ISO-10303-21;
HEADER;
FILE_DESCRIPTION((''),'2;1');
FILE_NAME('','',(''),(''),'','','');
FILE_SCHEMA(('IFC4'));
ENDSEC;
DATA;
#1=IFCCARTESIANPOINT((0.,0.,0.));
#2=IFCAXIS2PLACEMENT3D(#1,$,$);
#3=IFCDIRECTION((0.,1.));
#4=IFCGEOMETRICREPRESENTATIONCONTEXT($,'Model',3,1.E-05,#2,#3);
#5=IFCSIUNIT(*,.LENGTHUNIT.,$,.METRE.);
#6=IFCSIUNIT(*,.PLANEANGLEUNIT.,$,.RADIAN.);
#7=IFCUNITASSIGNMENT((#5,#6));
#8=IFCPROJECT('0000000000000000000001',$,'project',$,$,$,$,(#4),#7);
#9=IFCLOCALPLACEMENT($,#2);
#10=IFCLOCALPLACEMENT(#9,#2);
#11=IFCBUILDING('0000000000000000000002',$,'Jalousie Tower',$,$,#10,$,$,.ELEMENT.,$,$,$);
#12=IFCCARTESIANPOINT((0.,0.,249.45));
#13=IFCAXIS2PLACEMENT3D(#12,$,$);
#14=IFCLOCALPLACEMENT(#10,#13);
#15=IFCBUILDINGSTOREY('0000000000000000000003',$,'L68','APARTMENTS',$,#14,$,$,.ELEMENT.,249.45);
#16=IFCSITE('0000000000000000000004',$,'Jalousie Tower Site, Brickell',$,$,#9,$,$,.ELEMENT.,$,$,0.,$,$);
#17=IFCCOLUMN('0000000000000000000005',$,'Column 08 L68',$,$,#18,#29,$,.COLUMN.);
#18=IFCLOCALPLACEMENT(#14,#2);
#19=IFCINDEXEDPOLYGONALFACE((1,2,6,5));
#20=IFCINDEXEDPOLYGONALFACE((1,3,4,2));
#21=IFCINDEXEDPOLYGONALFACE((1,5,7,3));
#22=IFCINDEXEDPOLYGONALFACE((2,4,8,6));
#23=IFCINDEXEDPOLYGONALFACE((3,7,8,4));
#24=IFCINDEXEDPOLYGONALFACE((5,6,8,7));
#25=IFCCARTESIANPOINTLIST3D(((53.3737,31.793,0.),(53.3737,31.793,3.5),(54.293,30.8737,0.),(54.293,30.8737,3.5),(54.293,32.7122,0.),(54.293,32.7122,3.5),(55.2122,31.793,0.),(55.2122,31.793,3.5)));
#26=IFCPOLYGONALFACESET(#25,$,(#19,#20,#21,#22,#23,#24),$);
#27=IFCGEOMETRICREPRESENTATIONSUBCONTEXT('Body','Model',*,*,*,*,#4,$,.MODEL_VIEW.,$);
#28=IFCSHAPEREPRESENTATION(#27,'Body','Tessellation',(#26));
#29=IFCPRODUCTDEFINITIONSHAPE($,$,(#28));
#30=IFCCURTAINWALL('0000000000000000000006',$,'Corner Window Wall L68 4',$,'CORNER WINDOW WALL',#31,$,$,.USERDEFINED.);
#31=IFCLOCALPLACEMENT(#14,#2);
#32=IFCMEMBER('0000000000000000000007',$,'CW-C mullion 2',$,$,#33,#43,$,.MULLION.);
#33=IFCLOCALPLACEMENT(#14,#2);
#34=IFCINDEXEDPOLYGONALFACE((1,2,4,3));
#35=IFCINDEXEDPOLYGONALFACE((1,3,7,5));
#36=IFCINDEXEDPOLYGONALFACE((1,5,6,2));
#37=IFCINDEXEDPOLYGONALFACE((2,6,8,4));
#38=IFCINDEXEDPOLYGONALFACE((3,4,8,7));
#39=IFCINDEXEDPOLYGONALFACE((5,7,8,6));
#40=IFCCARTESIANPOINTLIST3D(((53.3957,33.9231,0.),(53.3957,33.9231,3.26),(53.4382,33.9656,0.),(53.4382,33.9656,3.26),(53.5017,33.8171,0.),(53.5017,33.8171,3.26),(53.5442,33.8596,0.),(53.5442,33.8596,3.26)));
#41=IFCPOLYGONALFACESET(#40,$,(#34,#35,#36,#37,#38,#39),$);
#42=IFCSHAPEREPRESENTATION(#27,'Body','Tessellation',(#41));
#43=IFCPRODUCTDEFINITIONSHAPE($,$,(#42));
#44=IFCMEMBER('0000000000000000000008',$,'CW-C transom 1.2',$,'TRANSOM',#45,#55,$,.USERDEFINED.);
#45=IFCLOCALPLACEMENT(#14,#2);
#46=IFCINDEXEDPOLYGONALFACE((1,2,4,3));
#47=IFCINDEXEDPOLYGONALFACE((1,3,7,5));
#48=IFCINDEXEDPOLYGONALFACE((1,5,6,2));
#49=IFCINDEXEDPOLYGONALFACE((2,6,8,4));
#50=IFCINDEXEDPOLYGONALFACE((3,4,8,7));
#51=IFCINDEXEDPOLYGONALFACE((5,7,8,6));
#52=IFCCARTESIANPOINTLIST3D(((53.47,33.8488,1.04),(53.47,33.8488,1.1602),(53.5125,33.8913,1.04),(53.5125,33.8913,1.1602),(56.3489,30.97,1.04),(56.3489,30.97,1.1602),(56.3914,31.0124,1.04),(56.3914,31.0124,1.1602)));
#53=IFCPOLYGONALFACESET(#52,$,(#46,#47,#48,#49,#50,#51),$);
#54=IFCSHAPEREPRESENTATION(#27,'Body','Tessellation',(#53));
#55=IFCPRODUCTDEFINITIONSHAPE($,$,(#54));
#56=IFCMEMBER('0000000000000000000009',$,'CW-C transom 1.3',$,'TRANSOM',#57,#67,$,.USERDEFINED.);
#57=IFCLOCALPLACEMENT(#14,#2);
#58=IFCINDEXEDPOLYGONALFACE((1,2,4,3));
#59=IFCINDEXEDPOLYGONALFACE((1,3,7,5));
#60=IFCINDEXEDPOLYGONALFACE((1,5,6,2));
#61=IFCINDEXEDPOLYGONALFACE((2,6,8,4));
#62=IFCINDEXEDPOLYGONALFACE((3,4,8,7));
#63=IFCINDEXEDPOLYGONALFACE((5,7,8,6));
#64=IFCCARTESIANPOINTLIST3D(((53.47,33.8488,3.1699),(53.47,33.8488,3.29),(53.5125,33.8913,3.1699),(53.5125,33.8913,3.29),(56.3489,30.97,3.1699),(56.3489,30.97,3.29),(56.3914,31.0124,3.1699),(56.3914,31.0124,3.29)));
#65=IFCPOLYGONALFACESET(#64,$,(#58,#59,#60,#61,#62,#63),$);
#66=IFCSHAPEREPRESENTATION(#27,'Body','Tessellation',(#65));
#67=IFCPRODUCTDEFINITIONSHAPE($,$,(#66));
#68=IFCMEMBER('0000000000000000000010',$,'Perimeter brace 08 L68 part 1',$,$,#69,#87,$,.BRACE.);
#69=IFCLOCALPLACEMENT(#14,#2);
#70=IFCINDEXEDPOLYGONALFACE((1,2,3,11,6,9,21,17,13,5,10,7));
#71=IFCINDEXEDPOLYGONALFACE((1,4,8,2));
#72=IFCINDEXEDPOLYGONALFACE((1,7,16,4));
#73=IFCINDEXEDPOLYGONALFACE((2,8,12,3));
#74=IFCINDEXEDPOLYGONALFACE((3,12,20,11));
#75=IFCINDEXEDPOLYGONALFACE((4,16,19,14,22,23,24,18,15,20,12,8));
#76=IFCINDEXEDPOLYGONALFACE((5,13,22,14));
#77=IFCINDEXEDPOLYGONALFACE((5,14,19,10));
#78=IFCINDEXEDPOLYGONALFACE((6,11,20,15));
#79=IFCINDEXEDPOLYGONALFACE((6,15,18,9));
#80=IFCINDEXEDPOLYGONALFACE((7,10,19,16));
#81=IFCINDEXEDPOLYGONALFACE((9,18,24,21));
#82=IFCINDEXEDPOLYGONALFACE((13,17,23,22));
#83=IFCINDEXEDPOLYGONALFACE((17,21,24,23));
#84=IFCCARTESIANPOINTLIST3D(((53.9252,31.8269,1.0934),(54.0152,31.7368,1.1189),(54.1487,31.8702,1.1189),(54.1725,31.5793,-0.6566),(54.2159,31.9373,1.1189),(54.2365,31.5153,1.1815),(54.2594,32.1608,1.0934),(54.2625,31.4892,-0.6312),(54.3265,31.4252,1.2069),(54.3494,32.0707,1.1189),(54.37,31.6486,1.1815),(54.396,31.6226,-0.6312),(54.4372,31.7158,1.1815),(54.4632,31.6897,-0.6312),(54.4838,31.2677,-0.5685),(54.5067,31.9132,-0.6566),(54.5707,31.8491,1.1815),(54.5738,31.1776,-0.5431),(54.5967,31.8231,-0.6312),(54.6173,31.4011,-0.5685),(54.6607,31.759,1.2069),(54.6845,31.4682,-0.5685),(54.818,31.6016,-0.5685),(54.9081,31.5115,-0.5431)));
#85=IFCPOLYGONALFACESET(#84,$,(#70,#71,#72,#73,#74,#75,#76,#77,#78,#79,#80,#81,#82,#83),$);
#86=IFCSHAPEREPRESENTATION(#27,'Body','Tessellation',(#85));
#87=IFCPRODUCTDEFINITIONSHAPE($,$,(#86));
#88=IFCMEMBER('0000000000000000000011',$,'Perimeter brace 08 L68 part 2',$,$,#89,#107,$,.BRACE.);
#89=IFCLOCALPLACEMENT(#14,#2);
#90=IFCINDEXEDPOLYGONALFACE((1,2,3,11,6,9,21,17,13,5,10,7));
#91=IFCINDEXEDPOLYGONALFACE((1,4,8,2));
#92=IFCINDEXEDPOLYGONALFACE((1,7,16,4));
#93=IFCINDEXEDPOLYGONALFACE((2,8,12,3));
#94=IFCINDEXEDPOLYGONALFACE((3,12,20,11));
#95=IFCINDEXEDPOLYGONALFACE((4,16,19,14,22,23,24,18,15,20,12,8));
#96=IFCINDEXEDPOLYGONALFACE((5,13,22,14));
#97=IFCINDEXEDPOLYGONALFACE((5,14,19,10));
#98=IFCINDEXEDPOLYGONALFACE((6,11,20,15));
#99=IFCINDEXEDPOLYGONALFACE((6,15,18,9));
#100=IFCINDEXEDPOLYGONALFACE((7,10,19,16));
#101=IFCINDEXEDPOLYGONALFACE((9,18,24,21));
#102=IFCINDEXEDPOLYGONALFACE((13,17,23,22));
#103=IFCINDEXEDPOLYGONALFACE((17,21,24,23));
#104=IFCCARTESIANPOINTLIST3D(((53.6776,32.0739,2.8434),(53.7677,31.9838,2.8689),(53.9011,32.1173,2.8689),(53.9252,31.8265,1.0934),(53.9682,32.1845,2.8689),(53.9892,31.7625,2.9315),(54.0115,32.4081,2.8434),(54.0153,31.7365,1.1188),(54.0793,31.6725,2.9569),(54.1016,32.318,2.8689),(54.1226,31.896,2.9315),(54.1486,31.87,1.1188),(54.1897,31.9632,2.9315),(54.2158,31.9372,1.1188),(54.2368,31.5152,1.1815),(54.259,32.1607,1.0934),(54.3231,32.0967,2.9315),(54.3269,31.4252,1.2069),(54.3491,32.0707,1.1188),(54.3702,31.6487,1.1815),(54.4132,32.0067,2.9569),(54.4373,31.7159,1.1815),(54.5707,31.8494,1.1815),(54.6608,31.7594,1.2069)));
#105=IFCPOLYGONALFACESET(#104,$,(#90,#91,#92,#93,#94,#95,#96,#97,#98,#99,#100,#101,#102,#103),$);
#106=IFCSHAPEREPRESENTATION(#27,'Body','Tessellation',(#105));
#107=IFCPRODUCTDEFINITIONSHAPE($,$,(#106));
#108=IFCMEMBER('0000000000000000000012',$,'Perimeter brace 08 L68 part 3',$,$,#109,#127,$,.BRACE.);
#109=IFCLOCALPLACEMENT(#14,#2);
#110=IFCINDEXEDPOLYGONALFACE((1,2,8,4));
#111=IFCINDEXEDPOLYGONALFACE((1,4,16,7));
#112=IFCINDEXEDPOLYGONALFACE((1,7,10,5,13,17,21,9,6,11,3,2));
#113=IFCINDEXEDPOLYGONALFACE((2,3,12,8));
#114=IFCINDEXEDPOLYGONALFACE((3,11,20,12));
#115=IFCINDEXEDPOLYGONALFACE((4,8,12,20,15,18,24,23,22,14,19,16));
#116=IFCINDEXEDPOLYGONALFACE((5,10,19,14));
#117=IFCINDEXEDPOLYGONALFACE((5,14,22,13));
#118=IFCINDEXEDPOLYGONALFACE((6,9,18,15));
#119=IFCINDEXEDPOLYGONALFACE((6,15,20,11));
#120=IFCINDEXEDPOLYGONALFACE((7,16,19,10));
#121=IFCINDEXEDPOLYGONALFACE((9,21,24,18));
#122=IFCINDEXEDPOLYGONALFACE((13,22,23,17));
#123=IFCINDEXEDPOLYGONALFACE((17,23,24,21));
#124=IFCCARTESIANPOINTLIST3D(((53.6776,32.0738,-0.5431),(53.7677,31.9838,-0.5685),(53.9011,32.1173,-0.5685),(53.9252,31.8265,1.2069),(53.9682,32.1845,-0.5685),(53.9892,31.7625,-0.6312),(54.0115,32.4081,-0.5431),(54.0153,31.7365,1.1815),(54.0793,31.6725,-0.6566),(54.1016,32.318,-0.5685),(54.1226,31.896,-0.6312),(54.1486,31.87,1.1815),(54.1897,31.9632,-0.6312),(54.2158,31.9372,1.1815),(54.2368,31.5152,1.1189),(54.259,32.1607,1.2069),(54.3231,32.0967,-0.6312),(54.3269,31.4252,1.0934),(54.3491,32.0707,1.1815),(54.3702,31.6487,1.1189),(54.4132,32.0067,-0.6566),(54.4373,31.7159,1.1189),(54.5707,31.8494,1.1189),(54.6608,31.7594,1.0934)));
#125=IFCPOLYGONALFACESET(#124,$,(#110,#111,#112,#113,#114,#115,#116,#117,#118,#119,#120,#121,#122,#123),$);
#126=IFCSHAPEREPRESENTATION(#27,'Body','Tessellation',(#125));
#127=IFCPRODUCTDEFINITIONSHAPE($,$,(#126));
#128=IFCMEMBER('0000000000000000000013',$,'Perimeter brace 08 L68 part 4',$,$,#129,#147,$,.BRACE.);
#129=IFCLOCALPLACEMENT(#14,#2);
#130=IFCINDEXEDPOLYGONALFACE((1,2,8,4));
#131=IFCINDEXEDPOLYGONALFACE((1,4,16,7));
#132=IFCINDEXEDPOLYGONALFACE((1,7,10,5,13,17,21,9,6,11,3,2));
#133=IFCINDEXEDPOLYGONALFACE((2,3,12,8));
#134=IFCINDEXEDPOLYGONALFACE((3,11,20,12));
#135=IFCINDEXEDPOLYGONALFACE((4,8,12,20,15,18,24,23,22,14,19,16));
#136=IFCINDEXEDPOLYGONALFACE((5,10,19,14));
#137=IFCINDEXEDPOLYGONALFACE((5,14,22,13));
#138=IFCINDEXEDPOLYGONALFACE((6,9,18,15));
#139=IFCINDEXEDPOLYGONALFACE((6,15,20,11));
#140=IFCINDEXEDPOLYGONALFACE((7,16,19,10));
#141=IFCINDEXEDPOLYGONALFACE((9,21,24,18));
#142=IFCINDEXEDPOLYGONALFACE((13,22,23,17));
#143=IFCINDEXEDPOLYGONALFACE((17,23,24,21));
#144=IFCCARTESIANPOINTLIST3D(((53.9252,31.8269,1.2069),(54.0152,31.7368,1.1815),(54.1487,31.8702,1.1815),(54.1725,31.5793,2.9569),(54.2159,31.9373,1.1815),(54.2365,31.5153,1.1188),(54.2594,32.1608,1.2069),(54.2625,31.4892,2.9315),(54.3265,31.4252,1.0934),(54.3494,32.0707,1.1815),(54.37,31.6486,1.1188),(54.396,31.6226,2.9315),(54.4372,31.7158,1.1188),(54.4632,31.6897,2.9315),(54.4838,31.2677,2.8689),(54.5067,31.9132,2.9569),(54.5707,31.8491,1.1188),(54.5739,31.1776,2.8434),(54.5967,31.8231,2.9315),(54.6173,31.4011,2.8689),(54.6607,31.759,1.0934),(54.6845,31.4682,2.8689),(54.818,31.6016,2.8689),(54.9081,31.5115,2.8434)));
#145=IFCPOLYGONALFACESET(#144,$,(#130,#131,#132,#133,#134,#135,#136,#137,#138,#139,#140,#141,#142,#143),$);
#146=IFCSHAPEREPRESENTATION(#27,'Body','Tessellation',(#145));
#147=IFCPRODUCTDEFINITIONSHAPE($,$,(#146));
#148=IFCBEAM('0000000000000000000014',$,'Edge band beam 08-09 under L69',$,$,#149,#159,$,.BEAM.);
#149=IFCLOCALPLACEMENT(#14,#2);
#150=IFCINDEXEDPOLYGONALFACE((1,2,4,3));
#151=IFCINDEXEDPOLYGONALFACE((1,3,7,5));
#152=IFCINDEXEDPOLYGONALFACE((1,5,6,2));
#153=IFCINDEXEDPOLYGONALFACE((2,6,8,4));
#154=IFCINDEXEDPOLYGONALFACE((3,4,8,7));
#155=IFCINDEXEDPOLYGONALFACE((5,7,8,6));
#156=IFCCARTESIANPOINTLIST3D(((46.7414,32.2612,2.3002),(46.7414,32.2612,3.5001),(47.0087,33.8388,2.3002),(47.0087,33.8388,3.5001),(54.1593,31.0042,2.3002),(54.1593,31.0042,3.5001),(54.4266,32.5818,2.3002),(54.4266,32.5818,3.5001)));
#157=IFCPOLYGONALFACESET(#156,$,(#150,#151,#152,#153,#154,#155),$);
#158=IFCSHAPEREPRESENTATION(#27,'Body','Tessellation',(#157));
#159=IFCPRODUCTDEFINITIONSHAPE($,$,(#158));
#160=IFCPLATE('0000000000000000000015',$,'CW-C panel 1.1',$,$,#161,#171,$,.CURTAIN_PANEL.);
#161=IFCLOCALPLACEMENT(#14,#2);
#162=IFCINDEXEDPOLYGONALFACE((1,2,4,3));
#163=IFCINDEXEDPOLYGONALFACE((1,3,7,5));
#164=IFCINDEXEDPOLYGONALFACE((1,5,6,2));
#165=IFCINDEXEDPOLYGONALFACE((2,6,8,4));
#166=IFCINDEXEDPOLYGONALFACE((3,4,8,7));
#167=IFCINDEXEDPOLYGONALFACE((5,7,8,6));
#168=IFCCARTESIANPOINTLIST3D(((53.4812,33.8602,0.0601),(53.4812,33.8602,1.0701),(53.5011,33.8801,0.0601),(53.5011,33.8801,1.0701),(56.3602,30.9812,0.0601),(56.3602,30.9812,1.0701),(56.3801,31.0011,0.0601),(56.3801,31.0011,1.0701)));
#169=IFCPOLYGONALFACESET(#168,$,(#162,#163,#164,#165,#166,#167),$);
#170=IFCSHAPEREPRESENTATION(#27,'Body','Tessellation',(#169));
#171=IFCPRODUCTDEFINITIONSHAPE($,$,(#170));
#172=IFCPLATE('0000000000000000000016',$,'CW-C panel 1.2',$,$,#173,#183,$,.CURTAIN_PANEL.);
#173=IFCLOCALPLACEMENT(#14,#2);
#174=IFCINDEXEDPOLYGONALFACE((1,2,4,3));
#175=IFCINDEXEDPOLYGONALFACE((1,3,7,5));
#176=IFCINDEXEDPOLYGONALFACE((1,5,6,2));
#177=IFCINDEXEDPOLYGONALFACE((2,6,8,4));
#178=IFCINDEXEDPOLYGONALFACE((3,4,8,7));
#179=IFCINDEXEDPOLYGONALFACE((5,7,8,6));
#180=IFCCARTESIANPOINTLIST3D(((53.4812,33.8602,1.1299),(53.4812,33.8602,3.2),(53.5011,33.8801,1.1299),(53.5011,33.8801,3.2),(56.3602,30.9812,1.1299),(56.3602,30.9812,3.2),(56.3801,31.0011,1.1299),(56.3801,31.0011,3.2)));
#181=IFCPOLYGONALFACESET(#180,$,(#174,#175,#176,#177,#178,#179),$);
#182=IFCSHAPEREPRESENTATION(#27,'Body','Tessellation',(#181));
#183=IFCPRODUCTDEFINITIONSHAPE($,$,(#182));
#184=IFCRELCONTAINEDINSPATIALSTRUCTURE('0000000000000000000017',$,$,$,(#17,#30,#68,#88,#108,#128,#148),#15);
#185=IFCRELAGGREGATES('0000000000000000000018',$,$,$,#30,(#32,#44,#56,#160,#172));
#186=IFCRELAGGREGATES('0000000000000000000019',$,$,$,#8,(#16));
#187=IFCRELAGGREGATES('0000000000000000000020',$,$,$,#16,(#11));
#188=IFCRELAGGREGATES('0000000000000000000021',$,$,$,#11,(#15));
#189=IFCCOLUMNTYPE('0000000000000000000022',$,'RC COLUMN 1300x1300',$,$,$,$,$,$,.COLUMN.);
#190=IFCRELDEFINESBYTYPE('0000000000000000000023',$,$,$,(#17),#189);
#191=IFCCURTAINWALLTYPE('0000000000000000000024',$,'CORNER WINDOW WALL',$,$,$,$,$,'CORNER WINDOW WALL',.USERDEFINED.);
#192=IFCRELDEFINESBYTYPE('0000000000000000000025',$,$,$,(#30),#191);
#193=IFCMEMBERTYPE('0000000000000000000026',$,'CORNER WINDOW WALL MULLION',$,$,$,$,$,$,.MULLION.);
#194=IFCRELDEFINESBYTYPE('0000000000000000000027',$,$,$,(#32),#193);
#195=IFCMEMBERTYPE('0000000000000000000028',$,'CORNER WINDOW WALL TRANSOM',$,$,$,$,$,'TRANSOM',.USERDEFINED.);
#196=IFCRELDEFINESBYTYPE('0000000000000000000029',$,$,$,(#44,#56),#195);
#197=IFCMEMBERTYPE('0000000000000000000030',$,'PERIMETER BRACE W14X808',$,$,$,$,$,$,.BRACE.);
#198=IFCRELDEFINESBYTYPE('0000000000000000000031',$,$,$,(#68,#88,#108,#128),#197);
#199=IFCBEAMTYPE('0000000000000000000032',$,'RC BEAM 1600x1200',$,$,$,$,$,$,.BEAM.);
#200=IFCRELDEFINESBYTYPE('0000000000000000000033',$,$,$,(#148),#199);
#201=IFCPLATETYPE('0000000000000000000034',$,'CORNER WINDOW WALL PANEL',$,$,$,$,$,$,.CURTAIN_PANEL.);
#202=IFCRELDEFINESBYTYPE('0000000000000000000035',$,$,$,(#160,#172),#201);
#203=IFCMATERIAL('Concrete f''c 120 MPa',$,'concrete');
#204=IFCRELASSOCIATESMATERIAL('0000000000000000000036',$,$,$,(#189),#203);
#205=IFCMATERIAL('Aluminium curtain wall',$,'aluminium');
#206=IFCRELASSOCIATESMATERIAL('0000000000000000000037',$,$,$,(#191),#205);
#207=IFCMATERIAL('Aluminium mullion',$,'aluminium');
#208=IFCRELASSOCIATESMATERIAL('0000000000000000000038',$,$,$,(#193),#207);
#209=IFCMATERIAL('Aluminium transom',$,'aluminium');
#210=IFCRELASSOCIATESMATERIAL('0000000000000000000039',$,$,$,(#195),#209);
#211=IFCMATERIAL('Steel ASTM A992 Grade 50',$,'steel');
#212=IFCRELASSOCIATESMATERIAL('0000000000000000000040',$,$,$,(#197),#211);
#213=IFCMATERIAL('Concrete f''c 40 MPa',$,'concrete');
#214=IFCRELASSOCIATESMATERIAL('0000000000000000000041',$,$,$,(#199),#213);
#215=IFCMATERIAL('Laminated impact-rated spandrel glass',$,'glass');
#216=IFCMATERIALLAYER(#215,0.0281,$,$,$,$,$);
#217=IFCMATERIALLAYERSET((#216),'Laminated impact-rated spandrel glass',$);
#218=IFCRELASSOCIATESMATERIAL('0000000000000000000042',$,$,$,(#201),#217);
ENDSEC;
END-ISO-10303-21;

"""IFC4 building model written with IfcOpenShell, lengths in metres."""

from ifc_helpers import new_model, si_unit, direction, frame, origin, origin_2d, place, context, subcontext, project, spatial, rectangle, i_section, extrude, material, layer, layer_set, material_profile, profile_set, type_object, element, aggregate, save


model = new_model("IFC4")

# Units and contexts
model_context = context("Model", 3, precision=1e-05, world=origin(), true_north=direction((0.0, 1.0)))
body_context = subcontext(model_context, "Body", "Model", "MODEL_VIEW")
ifc_project = project(units=[si_unit("LENGTHUNIT", "METRE"), si_unit("PLANEANGLEUNIT", "RADIAN")], contexts=[model_context])

# Site, building, storey
site_placement = place(None, origin())
site = spatial("IfcSite", under=ifc_project, at=site_placement, Name="Jalousie Tower Site, Brickell", CompositionType="ELEMENT", RefElevation=0.0)
building_placement = place(site_placement, origin())
building = spatial("IfcBuilding", under=site, at=building_placement, Name="Jalousie Tower", CompositionType="ELEMENT")
storey_placement = place(building_placement, frame((0.0, 0.0, 249.45)))
storey = spatial("IfcBuildingStorey", under=building, at=storey_placement, Name="L68", Description="APARTMENTS", CompositionType="ELEMENT", Elevation=249.45)

# Column
ifc_material_1 = material(Name="Concrete f'c 120 MPa", Category="concrete")
ifc_material_profile_1 = material_profile(ifc_material_1, rectangle(XDim=1.3, YDim=1.3, at=origin_2d()), Name="RC 1300x1300")
ifc_profile_set_1 = profile_set([ifc_material_profile_1], Name="Concrete f'c 120 MPa")
column_type = type_object("IfcColumnType", Name="RC COLUMN 1300x1300", PredefinedType="COLUMN", material=ifc_profile_set_1)
column_placement = place(storey_placement, frame((54.293, 31.793, 0.0), z_axis=(0.0, 0.0, 1.0), x_axis=(0.707107, 0.707107, 0.0)))
element("IfcColumn", 1, at=column_placement, inside=storey, type_object=column_type, Name="Column 08 L68", PredefinedType="COLUMN", context=body_context, shape_type="SweptSolid", body=[
    extrude(rectangle(XDim=1.3, YDim=1.3, at=origin_2d()), origin(), (0.0, 0.0, 1.0), 3.5),
])

# Curtain wall, members
ifc_material_2 = material(Name="Aluminium curtain wall", Category="aluminium")
curtain_wall_type = type_object("IfcCurtainWallType", Name="CORNER WINDOW WALL", ElementType="CORNER WINDOW WALL", PredefinedType="USERDEFINED", material=ifc_material_2)
curtain_wall_placement = place(storey_placement, origin())
curtain_wall = element("IfcCurtainWall", 2, at=curtain_wall_placement, inside=storey, type_object=curtain_wall_type, Name="Corner Window Wall L68 4", ObjectType="CORNER WINDOW WALL", PredefinedType="USERDEFINED")
ifc_material_3 = material(Name="Aluminium mullion", Category="aluminium")
ifc_material_profile_2 = material_profile(ifc_material_3, rectangle(XDim=0.0601, YDim=0.1499, at=origin_2d()), Name="MULLION 60x150")
ifc_profile_set_2 = profile_set([ifc_material_profile_2], Name="Aluminium mullion")
member_type_1 = type_object("IfcMemberType", Name="CORNER WINDOW WALL MULLION", PredefinedType="MULLION", material=ifc_profile_set_2)
member_1_placement = place(storey_placement, frame((53.47, 33.8914, 0.0), z_axis=(0.0, 0.0, 1.0), x_axis=(-0.707107, -0.707107, 0.0)))
member_1 = element("IfcMember", 3, at=member_1_placement, type_object=member_type_1, Name="CW-C mullion 2", PredefinedType="MULLION", context=body_context, shape_type="SweptSolid", body=[
    extrude(rectangle(XDim=0.0601, YDim=0.1499, at=origin_2d()), origin(), (0.0, 0.0, 1.0), 3.26),
])
ifc_material_4 = material(Name="Aluminium transom", Category="aluminium")
ifc_material_profile_3 = material_profile(ifc_material_4, rectangle(XDim=0.0601, YDim=0.1201, at=origin_2d()), Name="TRANSOM 60x120")
ifc_profile_set_3 = profile_set([ifc_material_profile_3], Name="Aluminium transom")
member_type_2 = type_object("IfcMemberType", Name="CORNER WINDOW WALL TRANSOM", ElementType="TRANSOM", PredefinedType="USERDEFINED", material=ifc_profile_set_3)
member_2_placement = place(storey_placement, frame((56.3701, 30.9912, 1.1001), z_axis=(-0.707107, 0.707107, 0.0), x_axis=(-0.707107, -0.707107, 0.0)))
member_2 = element("IfcMember", 4, at=member_2_placement, type_object=member_type_2, Name="CW-C transom 1.2", ObjectType="TRANSOM", PredefinedType="USERDEFINED", context=body_context, shape_type="SweptSolid", body=[
    extrude(rectangle(XDim=0.0601, YDim=0.1201, at=origin_2d()), origin(), (0.0, 0.0, 1.0), 4.0713),
])
member_3_placement = place(storey_placement, frame((56.3701, 30.9912, 3.23), z_axis=(-0.707107, 0.707107, 0.0), x_axis=(-0.707107, -0.707107, 0.0)))
member_3 = element("IfcMember", 5, at=member_3_placement, type_object=member_type_2, Name="CW-C transom 1.3", ObjectType="TRANSOM", PredefinedType="USERDEFINED", context=body_context, shape_type="SweptSolid", body=[
    extrude(rectangle(XDim=0.0601, YDim=0.1201, at=origin_2d()), origin(), (0.0, 0.0, 1.0), 4.0713),
])

# Members
ifc_material_5 = material(Name="Steel ASTM A992 Grade 50", Category="steel")
ifc_material_profile_4 = material_profile(ifc_material_5, i_section(OverallWidth=0.4724, OverallDepth=0.5791, WebThickness=0.095, FlangeThickness=0.1299, at=origin_2d()), Name="W14X808")
ifc_profile_set_4 = profile_set([ifc_material_profile_4], Name="Steel ASTM A992 Grade 50")
member_type_3 = type_object("IfcMemberType", Name="PERIMETER BRACE W14X808", PredefinedType="BRACE", material=ifc_profile_set_4)
for number, where, z_axis, x_axis, name in (
    (6, (54.5403, 31.5454, -0.5999), (-0.138579, 0.138716, 0.980588), (-0.707456, -0.706758, 0.0), "Perimeter brace 08 L68 part 1"),
    (7, (54.293, 31.793, 1.1501), (-0.138716, 0.138579, 0.980588), (-0.706758, -0.707456, 0.0), "Perimeter brace 08 L68 part 2"),
    (8, (54.0454, 32.0403, -0.5999), (0.138716, -0.138579, 0.980588), (0.706758, 0.707456, 0.0), "Perimeter brace 08 L68 part 3"),
    (9, (54.293, 31.793, 1.1501), (0.138579, -0.138716, 0.980588), (0.707456, 0.706758, 0.0), "Perimeter brace 08 L68 part 4"),
):
    element("IfcMember", number, at=place(storey_placement, frame(where, z_axis=z_axis, x_axis=x_axis)), inside=storey, type_object=member_type_3, Name=name, PredefinedType="BRACE", context=body_context, shape_type="SweptSolid", body=[
        extrude(i_section(OverallWidth=0.4724, OverallDepth=0.5791, WebThickness=0.095, FlangeThickness=0.1299, at=origin_2d()), origin(), (0.0, 0.0, 1.0), 1.7847),
    ])

# Beam
ifc_material_6 = material(Name="Concrete f'c 40 MPa", Category="concrete")
ifc_material_profile_5 = material_profile(ifc_material_6, rectangle(XDim=1.6001, YDim=1.2, at=origin_2d()), Name="RC 1600x1200")
ifc_profile_set_5 = profile_set([ifc_material_profile_5], Name="Concrete f'c 40 MPa")
beam_type = type_object("IfcBeamType", Name="RC BEAM 1600x1200", PredefinedType="BEAM", material=ifc_profile_set_5)
beam_placement = place(storey_placement, frame((54.293, 31.793, 2.9001), z_axis=(-0.985943, 0.167082, 0.0), x_axis=(-0.167082, -0.985943, 0.0)))
element("IfcBeam", 10, at=beam_placement, inside=storey, type_object=beam_type, Name="Edge band beam 08-09 under L69", PredefinedType="BEAM", context=body_context, shape_type="SweptSolid", body=[
    extrude(rectangle(XDim=1.6001, YDim=1.2, at=origin_2d()), origin(), (0.0, 0.0, 1.0), 7.5237),
])

# Plates
ifc_material_7 = material(Name="Laminated impact-rated spandrel glass", Category="glass")
ifc_layer_1 = layer(ifc_material_7, 0.0281)
ifc_layer_set_1 = layer_set([ifc_layer_1], Name="Laminated impact-rated spandrel glass")
plate_type = type_object("IfcPlateType", Name="CORNER WINDOW WALL PANEL", PredefinedType="CURTAIN_PANEL", material=ifc_layer_set_1)
plate_1_placement = place(storey_placement, frame((54.9307, 32.4307, 0.0601), z_axis=(0.0, 0.0, 1.0), x_axis=(-0.707107, 0.707107, 0.0)))
plate_1 = element("IfcPlate", 11, at=plate_1_placement, type_object=plate_type, Name="CW-C panel 1.1", PredefinedType="CURTAIN_PANEL", context=body_context, shape_type="SweptSolid", body=[
    extrude(rectangle(XDim=4.0715, YDim=0.0281, at=origin_2d()), origin(), (0.0, 0.0, 1.0), 1.01),
])
plate_2_placement = place(storey_placement, frame((54.9307, 32.4307, 1.1299), z_axis=(0.0, 0.0, 1.0), x_axis=(-0.707107, 0.707107, 0.0)))
plate_2 = element("IfcPlate", 12, at=plate_2_placement, type_object=plate_type, Name="CW-C panel 1.2", PredefinedType="CURTAIN_PANEL", context=body_context, shape_type="SweptSolid", body=[
    extrude(rectangle(XDim=4.0715, YDim=0.0281, at=origin_2d()), origin(), (0.0, 0.0, 1.0), 2.0701),
])
aggregate(curtain_wall, [member_1, member_2, member_3, plate_1, plate_2])

save(model, "model.ifc")
